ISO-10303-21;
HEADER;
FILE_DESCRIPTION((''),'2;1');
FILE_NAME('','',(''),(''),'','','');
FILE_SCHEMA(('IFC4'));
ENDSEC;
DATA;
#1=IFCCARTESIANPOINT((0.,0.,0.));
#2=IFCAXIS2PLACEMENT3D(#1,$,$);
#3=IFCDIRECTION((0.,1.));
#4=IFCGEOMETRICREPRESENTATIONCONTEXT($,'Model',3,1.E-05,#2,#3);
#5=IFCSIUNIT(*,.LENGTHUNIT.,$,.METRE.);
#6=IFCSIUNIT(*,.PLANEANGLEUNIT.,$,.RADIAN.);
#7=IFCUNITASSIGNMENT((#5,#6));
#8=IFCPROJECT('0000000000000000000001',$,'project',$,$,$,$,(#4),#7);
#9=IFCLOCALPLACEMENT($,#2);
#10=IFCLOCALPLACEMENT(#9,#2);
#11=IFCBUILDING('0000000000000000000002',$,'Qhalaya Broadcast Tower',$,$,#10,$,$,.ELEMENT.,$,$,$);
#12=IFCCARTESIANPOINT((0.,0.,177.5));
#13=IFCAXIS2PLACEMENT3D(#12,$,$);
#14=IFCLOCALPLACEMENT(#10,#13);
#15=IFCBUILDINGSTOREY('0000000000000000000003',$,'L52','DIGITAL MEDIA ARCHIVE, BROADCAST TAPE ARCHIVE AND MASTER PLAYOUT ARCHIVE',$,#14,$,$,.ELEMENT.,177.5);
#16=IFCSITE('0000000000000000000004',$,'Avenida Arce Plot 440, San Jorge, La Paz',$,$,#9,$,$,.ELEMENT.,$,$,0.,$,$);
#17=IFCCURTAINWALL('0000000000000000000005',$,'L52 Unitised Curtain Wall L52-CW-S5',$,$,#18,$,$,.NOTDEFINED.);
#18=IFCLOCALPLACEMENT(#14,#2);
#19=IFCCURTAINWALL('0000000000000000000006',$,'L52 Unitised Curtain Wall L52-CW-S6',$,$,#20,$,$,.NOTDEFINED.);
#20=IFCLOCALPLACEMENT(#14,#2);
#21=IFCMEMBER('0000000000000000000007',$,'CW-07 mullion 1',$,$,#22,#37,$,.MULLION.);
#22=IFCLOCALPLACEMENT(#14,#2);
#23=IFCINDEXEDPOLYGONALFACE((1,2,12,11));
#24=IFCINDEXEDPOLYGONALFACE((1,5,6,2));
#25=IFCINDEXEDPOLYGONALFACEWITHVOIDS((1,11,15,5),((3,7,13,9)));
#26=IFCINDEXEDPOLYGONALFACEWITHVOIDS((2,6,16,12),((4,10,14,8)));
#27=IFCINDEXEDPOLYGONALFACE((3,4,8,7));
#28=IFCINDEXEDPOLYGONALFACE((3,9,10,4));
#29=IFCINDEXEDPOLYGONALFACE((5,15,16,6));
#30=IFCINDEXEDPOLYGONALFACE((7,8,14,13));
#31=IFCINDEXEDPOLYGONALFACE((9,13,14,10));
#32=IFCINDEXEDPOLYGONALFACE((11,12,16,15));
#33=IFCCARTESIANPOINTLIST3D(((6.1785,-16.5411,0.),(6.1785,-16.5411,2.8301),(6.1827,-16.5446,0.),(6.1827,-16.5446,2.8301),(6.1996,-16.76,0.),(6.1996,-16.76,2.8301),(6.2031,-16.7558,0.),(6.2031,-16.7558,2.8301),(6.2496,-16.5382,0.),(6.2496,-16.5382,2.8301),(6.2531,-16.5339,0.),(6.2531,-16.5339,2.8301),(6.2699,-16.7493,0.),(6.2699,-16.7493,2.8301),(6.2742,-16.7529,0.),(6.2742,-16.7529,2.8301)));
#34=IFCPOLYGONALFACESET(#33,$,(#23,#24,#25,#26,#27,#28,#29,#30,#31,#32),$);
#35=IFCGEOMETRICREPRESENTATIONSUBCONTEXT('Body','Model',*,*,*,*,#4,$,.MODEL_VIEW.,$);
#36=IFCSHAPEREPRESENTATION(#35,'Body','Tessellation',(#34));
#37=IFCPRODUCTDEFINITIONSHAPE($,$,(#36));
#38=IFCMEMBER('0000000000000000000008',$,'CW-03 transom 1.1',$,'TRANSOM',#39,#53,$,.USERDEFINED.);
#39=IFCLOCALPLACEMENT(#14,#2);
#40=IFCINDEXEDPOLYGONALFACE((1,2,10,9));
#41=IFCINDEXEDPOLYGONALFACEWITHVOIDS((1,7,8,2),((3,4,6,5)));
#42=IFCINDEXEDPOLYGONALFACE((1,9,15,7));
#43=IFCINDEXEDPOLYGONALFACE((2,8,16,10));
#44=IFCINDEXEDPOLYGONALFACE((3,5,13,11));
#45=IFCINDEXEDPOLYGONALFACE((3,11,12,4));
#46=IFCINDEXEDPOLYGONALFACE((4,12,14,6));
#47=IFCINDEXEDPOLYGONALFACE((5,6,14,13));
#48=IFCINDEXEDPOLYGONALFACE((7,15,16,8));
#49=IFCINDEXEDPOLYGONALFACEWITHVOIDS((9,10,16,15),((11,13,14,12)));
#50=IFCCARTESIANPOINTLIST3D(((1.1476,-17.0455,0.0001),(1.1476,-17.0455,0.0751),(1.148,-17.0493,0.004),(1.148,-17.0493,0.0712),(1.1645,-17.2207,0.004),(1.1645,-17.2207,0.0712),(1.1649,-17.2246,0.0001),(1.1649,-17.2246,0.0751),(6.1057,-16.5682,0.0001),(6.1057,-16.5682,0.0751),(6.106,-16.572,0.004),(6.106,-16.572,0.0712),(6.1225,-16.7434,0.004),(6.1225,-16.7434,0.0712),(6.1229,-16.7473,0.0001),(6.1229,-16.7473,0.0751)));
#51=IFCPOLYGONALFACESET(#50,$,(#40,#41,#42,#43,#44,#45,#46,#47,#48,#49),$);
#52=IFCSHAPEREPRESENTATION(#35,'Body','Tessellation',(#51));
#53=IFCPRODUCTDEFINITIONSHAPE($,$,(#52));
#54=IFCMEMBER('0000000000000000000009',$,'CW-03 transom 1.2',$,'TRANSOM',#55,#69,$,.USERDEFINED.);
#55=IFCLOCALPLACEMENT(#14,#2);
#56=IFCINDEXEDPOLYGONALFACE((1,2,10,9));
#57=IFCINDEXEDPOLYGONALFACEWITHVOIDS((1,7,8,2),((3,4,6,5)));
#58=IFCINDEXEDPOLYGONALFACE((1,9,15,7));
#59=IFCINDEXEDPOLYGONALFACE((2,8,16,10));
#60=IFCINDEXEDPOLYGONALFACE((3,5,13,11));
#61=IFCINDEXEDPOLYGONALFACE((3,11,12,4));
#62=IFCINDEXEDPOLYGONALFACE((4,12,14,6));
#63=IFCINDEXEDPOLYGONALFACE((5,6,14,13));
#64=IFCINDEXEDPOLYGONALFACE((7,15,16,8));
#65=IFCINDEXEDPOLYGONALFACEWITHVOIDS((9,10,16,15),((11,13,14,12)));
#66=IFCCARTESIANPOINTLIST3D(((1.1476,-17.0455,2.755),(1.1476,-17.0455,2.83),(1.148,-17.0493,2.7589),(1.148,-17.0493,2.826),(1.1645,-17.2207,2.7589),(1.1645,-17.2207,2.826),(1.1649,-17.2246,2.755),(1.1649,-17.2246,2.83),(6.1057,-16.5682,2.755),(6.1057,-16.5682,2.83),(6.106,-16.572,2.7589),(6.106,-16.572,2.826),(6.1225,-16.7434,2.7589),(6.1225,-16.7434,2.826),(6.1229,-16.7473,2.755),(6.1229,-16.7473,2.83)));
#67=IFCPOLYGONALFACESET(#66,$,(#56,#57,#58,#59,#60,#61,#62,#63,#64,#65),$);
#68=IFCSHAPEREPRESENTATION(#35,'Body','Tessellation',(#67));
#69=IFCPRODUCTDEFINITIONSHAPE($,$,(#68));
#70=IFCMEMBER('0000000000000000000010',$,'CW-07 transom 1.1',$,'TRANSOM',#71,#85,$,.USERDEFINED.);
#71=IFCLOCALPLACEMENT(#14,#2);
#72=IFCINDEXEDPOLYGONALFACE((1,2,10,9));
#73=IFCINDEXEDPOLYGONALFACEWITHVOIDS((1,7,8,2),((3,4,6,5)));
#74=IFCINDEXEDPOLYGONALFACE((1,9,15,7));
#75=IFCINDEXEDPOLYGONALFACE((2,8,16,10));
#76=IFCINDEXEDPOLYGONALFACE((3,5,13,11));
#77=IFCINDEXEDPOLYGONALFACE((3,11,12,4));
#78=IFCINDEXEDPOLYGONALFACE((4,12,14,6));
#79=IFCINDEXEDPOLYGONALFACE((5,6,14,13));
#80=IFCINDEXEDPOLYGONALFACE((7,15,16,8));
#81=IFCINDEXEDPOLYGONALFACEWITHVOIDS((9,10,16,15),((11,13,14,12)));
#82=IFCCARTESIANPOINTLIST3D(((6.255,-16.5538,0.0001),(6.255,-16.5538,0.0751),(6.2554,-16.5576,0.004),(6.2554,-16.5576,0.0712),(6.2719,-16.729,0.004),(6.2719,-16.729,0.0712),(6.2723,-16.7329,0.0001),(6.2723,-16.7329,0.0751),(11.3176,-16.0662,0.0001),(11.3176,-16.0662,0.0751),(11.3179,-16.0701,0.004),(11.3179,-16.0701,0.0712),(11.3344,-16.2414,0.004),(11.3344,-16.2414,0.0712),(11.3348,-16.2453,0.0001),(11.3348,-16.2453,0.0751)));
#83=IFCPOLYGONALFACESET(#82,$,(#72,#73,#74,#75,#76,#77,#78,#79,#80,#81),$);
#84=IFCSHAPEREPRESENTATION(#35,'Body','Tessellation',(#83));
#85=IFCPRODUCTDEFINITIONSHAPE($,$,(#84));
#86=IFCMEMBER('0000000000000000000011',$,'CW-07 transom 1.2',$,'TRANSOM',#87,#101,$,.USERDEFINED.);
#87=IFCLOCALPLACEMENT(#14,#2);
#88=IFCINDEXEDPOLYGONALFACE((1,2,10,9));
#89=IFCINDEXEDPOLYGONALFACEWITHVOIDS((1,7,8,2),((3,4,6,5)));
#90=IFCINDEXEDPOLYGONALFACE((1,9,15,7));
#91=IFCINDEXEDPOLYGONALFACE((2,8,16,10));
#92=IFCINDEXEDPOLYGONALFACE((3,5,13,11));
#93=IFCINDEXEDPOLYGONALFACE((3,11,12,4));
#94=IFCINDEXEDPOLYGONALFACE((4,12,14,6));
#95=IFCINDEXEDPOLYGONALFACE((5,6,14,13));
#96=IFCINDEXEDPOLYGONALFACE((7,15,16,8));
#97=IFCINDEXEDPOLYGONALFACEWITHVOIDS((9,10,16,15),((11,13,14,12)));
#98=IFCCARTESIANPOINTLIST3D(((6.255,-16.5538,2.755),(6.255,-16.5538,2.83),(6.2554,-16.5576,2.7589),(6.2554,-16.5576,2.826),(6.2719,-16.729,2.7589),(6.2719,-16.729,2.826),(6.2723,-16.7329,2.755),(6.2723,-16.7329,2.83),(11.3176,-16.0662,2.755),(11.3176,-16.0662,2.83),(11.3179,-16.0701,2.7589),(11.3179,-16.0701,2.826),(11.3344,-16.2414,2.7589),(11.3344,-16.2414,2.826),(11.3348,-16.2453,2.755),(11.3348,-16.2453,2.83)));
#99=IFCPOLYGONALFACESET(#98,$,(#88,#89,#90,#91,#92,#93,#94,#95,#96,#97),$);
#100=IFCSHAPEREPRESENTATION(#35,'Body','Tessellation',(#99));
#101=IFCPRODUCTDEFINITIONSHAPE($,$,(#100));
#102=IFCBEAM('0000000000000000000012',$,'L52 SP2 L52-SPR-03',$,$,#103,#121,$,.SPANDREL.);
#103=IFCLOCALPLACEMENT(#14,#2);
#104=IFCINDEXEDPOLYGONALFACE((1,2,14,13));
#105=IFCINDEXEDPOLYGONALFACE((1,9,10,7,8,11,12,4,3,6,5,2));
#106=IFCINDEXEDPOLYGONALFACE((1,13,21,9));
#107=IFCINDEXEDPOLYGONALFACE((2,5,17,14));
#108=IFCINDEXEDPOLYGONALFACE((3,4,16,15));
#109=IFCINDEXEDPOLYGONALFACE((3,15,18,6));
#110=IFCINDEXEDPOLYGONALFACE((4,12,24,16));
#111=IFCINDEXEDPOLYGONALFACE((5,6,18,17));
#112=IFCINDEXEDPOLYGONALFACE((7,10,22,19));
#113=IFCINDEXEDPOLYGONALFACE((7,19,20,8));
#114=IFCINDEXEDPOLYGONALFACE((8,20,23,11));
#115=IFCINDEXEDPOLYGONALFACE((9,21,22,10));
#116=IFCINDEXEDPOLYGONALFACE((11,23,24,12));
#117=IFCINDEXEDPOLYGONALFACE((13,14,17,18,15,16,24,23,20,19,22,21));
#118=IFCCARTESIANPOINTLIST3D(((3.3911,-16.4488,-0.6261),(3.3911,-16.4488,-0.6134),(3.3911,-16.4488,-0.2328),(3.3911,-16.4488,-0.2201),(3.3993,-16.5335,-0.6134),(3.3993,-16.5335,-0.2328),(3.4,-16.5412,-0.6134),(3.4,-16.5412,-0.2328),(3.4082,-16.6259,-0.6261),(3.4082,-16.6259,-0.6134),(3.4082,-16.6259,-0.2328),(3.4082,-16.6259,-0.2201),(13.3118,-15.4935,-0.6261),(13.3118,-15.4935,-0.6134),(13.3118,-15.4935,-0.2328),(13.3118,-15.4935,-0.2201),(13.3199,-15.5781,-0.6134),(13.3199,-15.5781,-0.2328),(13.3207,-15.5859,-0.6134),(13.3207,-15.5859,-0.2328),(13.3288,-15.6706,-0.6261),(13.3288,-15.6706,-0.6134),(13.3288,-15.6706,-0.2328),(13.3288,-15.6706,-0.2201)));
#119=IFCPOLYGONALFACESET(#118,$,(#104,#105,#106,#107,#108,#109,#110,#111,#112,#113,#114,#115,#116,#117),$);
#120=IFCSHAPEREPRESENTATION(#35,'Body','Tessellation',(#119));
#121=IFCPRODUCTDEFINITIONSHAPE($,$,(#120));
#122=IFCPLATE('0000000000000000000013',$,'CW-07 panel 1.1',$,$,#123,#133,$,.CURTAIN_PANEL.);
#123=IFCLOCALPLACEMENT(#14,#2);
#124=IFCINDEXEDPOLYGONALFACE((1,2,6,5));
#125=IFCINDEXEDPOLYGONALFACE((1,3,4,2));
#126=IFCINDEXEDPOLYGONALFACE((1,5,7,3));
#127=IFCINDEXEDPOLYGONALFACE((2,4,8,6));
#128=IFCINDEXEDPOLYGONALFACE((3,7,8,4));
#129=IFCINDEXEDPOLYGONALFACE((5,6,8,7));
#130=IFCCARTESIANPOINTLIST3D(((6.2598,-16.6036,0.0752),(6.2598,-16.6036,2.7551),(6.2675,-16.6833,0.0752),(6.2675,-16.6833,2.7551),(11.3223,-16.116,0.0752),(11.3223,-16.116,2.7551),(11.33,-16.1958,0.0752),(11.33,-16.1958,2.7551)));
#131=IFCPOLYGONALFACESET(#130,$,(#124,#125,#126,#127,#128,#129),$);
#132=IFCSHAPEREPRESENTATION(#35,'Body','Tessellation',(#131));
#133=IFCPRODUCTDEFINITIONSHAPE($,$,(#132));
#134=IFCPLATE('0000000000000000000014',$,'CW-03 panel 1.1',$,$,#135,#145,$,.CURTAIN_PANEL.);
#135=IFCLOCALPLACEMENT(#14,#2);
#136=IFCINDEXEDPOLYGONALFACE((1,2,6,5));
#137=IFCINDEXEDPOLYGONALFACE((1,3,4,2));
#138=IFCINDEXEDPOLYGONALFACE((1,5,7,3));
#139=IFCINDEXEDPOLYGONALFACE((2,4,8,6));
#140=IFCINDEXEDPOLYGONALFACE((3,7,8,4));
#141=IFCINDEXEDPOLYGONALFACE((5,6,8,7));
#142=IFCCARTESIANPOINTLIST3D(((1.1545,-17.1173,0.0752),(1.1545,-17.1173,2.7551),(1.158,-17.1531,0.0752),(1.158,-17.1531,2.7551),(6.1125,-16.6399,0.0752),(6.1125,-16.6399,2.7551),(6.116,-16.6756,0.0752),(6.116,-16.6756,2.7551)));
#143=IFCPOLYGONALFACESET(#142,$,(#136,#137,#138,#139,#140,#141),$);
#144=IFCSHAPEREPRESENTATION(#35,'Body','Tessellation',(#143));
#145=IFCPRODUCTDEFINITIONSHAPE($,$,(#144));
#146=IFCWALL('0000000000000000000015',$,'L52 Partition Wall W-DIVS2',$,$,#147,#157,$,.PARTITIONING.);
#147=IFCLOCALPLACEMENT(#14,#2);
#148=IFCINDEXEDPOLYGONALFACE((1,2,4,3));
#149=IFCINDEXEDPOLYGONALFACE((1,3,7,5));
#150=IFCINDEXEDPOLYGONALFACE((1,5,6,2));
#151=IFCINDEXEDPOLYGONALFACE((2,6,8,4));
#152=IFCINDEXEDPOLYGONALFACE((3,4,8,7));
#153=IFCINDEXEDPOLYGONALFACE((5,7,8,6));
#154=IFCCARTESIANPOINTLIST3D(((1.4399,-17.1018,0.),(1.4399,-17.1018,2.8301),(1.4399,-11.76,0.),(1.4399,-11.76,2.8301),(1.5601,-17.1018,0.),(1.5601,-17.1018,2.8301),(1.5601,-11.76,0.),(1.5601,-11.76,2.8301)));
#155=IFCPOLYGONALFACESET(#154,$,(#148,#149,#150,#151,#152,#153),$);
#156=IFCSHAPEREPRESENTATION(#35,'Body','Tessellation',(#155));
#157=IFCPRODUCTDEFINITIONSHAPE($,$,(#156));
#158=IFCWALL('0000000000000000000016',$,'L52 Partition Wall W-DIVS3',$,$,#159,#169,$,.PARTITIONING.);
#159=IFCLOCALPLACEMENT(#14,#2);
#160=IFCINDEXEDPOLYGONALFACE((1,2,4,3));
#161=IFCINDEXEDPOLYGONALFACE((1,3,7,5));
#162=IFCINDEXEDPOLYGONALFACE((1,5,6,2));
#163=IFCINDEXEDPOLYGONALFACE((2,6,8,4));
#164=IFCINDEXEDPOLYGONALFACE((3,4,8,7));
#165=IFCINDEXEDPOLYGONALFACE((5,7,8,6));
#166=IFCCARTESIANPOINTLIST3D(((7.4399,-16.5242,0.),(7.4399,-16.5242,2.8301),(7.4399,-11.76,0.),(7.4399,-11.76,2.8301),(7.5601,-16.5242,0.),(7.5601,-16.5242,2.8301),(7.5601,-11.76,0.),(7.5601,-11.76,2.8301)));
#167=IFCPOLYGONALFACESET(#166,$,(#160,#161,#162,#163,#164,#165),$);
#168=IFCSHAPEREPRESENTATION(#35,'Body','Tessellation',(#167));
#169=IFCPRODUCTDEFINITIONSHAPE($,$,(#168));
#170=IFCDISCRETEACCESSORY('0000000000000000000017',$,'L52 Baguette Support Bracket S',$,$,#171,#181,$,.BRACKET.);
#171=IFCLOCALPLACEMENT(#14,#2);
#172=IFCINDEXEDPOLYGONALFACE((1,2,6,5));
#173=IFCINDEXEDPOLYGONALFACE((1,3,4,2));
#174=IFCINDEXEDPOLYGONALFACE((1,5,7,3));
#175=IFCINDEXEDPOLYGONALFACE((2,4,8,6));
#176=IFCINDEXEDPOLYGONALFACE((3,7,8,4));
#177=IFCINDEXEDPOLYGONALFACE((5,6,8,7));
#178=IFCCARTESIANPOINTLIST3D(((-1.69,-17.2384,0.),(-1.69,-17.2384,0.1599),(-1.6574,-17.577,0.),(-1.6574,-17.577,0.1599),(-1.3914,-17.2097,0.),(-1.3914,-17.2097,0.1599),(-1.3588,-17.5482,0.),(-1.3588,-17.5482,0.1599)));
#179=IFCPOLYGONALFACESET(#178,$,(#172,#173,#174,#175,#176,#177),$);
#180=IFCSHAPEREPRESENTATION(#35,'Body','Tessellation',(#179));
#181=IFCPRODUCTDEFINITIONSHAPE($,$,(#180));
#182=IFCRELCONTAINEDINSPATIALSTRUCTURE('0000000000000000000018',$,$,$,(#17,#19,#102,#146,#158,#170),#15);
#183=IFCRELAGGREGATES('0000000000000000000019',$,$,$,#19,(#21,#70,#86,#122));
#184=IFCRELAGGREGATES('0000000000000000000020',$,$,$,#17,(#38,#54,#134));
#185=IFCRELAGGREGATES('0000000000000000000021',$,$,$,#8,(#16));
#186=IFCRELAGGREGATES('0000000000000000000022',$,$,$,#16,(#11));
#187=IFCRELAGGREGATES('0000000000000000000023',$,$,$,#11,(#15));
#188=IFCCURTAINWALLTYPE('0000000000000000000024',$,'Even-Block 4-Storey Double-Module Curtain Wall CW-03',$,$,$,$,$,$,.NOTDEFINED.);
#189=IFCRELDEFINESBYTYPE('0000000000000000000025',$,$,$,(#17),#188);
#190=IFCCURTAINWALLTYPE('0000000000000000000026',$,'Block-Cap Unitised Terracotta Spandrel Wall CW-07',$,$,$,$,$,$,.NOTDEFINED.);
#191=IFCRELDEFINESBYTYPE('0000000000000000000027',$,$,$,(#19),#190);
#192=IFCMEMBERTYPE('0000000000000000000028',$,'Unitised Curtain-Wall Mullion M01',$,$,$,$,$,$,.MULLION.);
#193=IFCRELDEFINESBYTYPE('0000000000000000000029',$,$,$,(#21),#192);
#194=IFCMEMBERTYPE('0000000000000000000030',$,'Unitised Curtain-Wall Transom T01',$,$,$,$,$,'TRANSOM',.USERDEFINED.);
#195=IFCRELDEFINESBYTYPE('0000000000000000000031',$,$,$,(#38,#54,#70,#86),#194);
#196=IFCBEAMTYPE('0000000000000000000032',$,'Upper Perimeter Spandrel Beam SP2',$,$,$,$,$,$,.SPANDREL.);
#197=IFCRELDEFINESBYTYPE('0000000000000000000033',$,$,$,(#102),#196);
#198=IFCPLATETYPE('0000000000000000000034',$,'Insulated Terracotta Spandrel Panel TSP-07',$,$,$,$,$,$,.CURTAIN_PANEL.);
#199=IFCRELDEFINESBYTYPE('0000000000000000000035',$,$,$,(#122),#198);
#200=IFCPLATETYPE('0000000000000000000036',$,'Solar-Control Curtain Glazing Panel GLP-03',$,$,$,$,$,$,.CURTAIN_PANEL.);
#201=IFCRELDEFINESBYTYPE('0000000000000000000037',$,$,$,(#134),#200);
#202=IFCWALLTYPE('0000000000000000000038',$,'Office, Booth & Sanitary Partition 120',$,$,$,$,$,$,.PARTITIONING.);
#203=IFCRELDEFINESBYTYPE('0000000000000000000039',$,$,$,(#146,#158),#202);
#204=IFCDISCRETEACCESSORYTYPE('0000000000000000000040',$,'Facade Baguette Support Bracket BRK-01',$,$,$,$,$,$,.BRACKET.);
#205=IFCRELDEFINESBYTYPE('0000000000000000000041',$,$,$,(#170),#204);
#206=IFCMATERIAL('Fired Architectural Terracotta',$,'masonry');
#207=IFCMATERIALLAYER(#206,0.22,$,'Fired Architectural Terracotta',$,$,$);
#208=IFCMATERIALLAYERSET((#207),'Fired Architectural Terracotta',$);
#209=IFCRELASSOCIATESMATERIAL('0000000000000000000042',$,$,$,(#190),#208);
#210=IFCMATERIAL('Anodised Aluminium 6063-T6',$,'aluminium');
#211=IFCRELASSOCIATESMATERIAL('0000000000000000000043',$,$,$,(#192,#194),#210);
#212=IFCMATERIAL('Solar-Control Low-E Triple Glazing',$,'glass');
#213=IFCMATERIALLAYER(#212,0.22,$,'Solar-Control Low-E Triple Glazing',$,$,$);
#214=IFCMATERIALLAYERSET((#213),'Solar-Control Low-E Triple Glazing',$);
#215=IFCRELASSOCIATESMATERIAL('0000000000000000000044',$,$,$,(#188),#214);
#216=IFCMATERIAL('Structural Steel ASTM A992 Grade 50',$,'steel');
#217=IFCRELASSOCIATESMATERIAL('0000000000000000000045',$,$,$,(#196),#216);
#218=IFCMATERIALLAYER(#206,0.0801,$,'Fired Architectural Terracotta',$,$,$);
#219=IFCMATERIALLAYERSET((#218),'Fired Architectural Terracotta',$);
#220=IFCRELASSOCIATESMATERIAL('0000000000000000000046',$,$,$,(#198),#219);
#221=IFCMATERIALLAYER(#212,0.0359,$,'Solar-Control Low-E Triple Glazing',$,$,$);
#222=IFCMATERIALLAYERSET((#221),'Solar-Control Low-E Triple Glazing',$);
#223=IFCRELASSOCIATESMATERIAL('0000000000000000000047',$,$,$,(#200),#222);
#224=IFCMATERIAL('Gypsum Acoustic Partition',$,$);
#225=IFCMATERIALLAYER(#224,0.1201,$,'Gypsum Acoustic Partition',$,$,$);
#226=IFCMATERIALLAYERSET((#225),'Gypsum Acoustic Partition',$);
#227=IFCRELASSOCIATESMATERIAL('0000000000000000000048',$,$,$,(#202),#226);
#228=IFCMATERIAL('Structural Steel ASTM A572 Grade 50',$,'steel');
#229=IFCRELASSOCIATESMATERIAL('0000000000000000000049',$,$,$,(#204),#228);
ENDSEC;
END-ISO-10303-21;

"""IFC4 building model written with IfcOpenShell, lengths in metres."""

from ifc_helpers import new_model, si_unit, direction, frame, frame_2d, origin, origin_2d, place, context, subcontext, project, spatial, rectangle, hollow_rectangle, i_section, extrude, material, layer, layer_set, material_profile, profile_set, type_object, element, aggregate, save


model = new_model("IFC4")

# Units and contexts
model_context = context("Model", 3, precision=1e-05, world=origin(), true_north=direction((0.0, 1.0)))
body_context = subcontext(model_context, "Body", "Model", "MODEL_VIEW")
ifc_project = project(units=[si_unit("LENGTHUNIT", "METRE"), si_unit("PLANEANGLEUNIT", "RADIAN")], contexts=[model_context])

# Site, building, storey
site_placement = place(None, origin())
site = spatial("IfcSite", under=ifc_project, at=site_placement, Name="Avenida Arce Plot 440, San Jorge, La Paz", CompositionType="ELEMENT", RefElevation=0.0)
building_placement = place(site_placement, origin())
building = spatial("IfcBuilding", under=site, at=building_placement, Name="Qhalaya Broadcast Tower", CompositionType="ELEMENT")
storey_placement = place(building_placement, frame((0.0, 0.0, 177.5)))
storey = spatial("IfcBuildingStorey", under=building, at=storey_placement, Name="L52", Description="DIGITAL MEDIA ARCHIVE, BROADCAST TAPE ARCHIVE AND MASTER PLAYOUT ARCHIVE", CompositionType="ELEMENT", Elevation=177.5)

# Shared definitions
ifc_material_1 = material(Name="Structural Steel ASTM A572 Grade 50", Category="steel")

# Shared definitions
ifc_material_2 = material(Name="Structural Steel ASTM A992 Grade 50", Category="steel")

# Shared definitions
ifc_material_3 = material(Name="Fired Architectural Terracotta", Category="masonry")
ifc_layer_1 = layer(ifc_material_3, 0.22, Name="Fired Architectural Terracotta")
ifc_layer_set_1 = layer_set([ifc_layer_1], Name="Fired Architectural Terracotta")
curtain_wall_type_1 = type_object("IfcCurtainWallType", Name="Block-Cap Unitised Terracotta Spandrel Wall CW-07", PredefinedType="NOTDEFINED", material=ifc_layer_set_1)
ifc_material_4 = material(Name="Anodised Aluminium 6063-T6", Category="aluminium")
ifc_material_profile_1 = material_profile(ifc_material_4, hollow_rectangle(XDim=0.075, YDim=0.22, WallThickness=0.0039, at=origin_2d()), Name="ALU-MUL 75x220x4")
ifc_profile_set_1 = profile_set([ifc_material_profile_1], Name="Anodised Aluminium 6063-T6")
member_type_1 = type_object("IfcMemberType", Name="Unitised Curtain-Wall Mullion M01", PredefinedType="MULLION", material=ifc_profile_set_1)

# Curtain wall
ifc_material_5 = material(Name="Solar-Control Low-E Triple Glazing", Category="glass")
ifc_layer_2 = layer(ifc_material_5, 0.22, Name="Solar-Control Low-E Triple Glazing")
ifc_layer_set_2 = layer_set([ifc_layer_2], Name="Solar-Control Low-E Triple Glazing")
curtain_wall_type_2 = type_object("IfcCurtainWallType", Name="Even-Block 4-Storey Double-Module Curtain Wall CW-03", PredefinedType="NOTDEFINED", material=ifc_layer_set_2)
curtain_wall_1_placement = place(storey_placement, origin())
curtain_wall_1 = element("IfcCurtainWall", 1, at=curtain_wall_1_placement, inside=storey, type_object=curtain_wall_type_2, Name="L52 Unitised Curtain Wall L52-CW-S5", PredefinedType="NOTDEFINED")

# Curtain wall, member
curtain_wall_2_placement = place(storey_placement, origin())
curtain_wall_2 = element("IfcCurtainWall", 2, at=curtain_wall_2_placement, inside=storey, type_object=curtain_wall_type_1, Name="L52 Unitised Curtain Wall L52-CW-S6", PredefinedType="NOTDEFINED")
member_1_placement = place(storey_placement, frame((6.2263, -16.647, 0.0), z_axis=(0.0, 0.0, 1.0), x_axis=(0.995395, 0.095855, 0.0)))
member_1 = element("IfcMember", 3, at=member_1_placement, type_object=member_type_1, Name="CW-07 mullion 1", PredefinedType="MULLION", context=body_context, shape_type="SweptSolid", body=[
    extrude(hollow_rectangle(XDim=0.075, YDim=0.22, WallThickness=0.0039, at=origin_2d()), origin(), (0.0, 0.0, 1.0), 2.8301),
])

# Members
ifc_material_profile_2 = material_profile(ifc_material_4, hollow_rectangle(XDim=0.075, YDim=0.1799, WallThickness=0.0039, at=origin_2d()), Name="ALU-TRN 75x180x4")
ifc_profile_set_2 = profile_set([ifc_material_profile_2], Name="Anodised Aluminium 6063-T6")
member_type_2 = type_object("IfcMemberType", Name="Unitised Curtain-Wall Transom T01", ElementType="TRANSOM", PredefinedType="USERDEFINED", material=ifc_profile_set_2)
member_2_placement = place(storey_placement, frame((1.1562, -17.135, 0.0376), z_axis=(0.995398, 0.095824, 0.0), x_axis=(0.0, 0.0, 1.0)))
member_2 = element("IfcMember", 4, at=member_2_placement, type_object=member_type_2, Name="CW-03 transom 1.1", ObjectType="TRANSOM", PredefinedType="USERDEFINED", context=body_context, shape_type="SweptSolid", body=[
    extrude(hollow_rectangle(XDim=0.075, YDim=0.1799, WallThickness=0.0039, at=origin_2d()), origin(), (0.0, 0.0, 1.0), 4.981),
])
member_3_placement = place(storey_placement, frame((1.1562, -17.135, 2.7925), z_axis=(0.995398, 0.095824, 0.0), x_axis=(0.0, 0.0, 1.0)))
member_3 = element("IfcMember", 5, at=member_3_placement, type_object=member_type_2, Name="CW-03 transom 1.2", ObjectType="TRANSOM", PredefinedType="USERDEFINED", context=body_context, shape_type="SweptSolid", body=[
    extrude(hollow_rectangle(XDim=0.075, YDim=0.1799, WallThickness=0.0039, at=origin_2d()), origin(), (0.0, 0.0, 1.0), 4.981),
])
member_4_placement = place(storey_placement, frame((6.2637, -16.6433, 0.0376), z_axis=(0.995395, 0.095862, 0.0), x_axis=(0.0, 0.0, 1.0)))
member_4 = element("IfcMember", 6, at=member_4_placement, type_object=member_type_2, Name="CW-07 transom 1.1", ObjectType="TRANSOM", PredefinedType="USERDEFINED", context=body_context, shape_type="SweptSolid", body=[
    extrude(hollow_rectangle(XDim=0.075, YDim=0.1799, WallThickness=0.0039, at=origin_2d()), origin(), (0.0, 0.0, 1.0), 5.0859),
])
member_5_placement = place(storey_placement, frame((6.2637, -16.6433, 2.7925), z_axis=(0.995395, 0.095862, 0.0), x_axis=(0.0, 0.0, 1.0)))
member_5 = element("IfcMember", 7, at=member_5_placement, type_object=member_type_2, Name="CW-07 transom 1.2", ObjectType="TRANSOM", PredefinedType="USERDEFINED", context=body_context, shape_type="SweptSolid", body=[
    extrude(hollow_rectangle(XDim=0.075, YDim=0.1799, WallThickness=0.0039, at=origin_2d()), origin(), (0.0, 0.0, 1.0), 5.0859),
])

# Beam
ifc_material_profile_3 = material_profile(ifc_material_2, i_section(OverallWidth=0.178, OverallDepth=0.406, WebThickness=0.0078, FlangeThickness=0.0127, at=origin_2d()), Name="W16X40")
ifc_profile_set_3 = profile_set([ifc_material_profile_3], Name="Structural Steel ASTM A992 Grade 50")
beam_type_1 = type_object("IfcBeamType", Name="Upper Perimeter Spandrel Beam SP2", PredefinedType="SPANDREL", material=ifc_profile_set_3)
beam_1_placement = place(storey_placement, frame((3.3997, -16.5374, -0.4231), z_axis=(0.995396, 0.095853, 0.0), x_axis=(-0.095853, 0.995396, 0.0)))
element("IfcBeam", 8, at=beam_1_placement, inside=storey, type_object=beam_type_1, Name="L52 SP2 L52-SPR-03", PredefinedType="SPANDREL", context=body_context, shape_type="SweptSolid", body=[
    extrude(i_section(OverallWidth=0.178, OverallDepth=0.406, WebThickness=0.0078, FlangeThickness=0.0127, at=origin_2d()), origin(), (0.0, 0.0, 1.0), 9.9666),
])

# Plates
ifc_layer_3 = layer(ifc_material_3, 0.0801, Name="Fired Architectural Terracotta")
ifc_layer_set_3 = layer_set([ifc_layer_3], Name="Fired Architectural Terracotta")
plate_type_1 = type_object("IfcPlateType", Name="Insulated Terracotta Spandrel Panel TSP-07", PredefinedType="CURTAIN_PANEL", material=ifc_layer_set_3)
plate_1_placement = place(storey_placement, frame((8.7949, -16.3997, 0.0752), z_axis=(0.0, 0.0, 1.0), x_axis=(0.995395, 0.095855, 0.0)))
plate_1 = element("IfcPlate", 9, at=plate_1_placement, type_object=plate_type_1, Name="CW-07 panel 1.1", PredefinedType="CURTAIN_PANEL", context=body_context, shape_type="SweptSolid", body=[
    extrude(rectangle(XDim=5.0859, YDim=0.0801, at=origin_2d()), origin(), (0.0, 0.0, 1.0), 2.6799),
])
aggregate(curtain_wall_2, [member_1, member_4, member_5, plate_1])
ifc_layer_4 = layer(ifc_material_5, 0.0359, Name="Solar-Control Low-E Triple Glazing")
ifc_layer_set_4 = layer_set([ifc_layer_4], Name="Solar-Control Low-E Triple Glazing")
plate_type_2 = type_object("IfcPlateType", Name="Solar-Control Curtain Glazing Panel GLP-03", PredefinedType="CURTAIN_PANEL", material=ifc_layer_set_4)
plate_2_placement = place(storey_placement, frame((3.6353, -16.8965, 0.0752), z_axis=(0.0, 0.0, 1.0), x_axis=(0.995396, 0.095848, 0.0)))
plate_2 = element("IfcPlate", 10, at=plate_2_placement, type_object=plate_type_2, Name="CW-03 panel 1.1", PredefinedType="CURTAIN_PANEL", context=body_context, shape_type="SweptSolid", body=[
    extrude(rectangle(XDim=4.981, YDim=0.0359, at=origin_2d()), origin(), (0.0, 0.0, 1.0), 2.6799),
])
aggregate(curtain_wall_1, [member_2, member_3, plate_2])

# Walls
ifc_material_6 = material(Name="Gypsum Acoustic Partition")
ifc_layer_5 = layer(ifc_material_6, 0.1201, Name="Gypsum Acoustic Partition")
ifc_layer_set_5 = layer_set([ifc_layer_5], Name="Gypsum Acoustic Partition")
wall_type = type_object("IfcWallType", Name="Office, Booth & Sanitary Partition 120", PredefinedType="PARTITIONING", material=ifc_layer_set_5)
wall_1_placement = place(storey_placement, frame((1.5, -17.1018, 0.0), z_axis=(0.0, 0.0, 1.0), x_axis=(0.0, 1.0, 0.0)))
element("IfcWall", 11, at=wall_1_placement, inside=storey, type_object=wall_type, Name="L52 Partition Wall W-DIVS2", PredefinedType="PARTITIONING", context=body_context, shape_type="SweptSolid", body=[
    extrude(rectangle(XDim=5.3418, YDim=0.1201, at=frame_2d((2.6709, 0.0))), origin(), (0.0, 0.0, 1.0), 2.8301),
])
wall_2_placement = place(storey_placement, frame((7.5, -16.5242, 0.0), z_axis=(0.0, 0.0, 1.0), x_axis=(0.0, 1.0, 0.0)))
element("IfcWall", 12, at=wall_2_placement, inside=storey, type_object=wall_type, Name="L52 Partition Wall W-DIVS3", PredefinedType="PARTITIONING", context=body_context, shape_type="SweptSolid", body=[
    extrude(rectangle(XDim=4.7642, YDim=0.1201, at=frame_2d((2.3821, 0.0))), origin(), (0.0, 0.0, 1.0), 2.8301),
])

# Discrete accessory
discrete_accessory_type = type_object("IfcDiscreteAccessoryType", Name="Facade Baguette Support Bracket BRK-01", PredefinedType="BRACKET", material=ifc_material_1)
discrete_accessory_placement = place(storey_placement, frame((-1.5244, -17.3933, 0.0), z_axis=(0.0, 0.0, 1.0), x_axis=(0.995396, 0.095846, 0.0)))
element("IfcDiscreteAccessory", 13, at=discrete_accessory_placement, inside=storey, type_object=discrete_accessory_type, Name="L52 Baguette Support Bracket S", PredefinedType="BRACKET", context=body_context, shape_type="SweptSolid", body=[
    extrude(rectangle(XDim=0.3, YDim=0.3401, at=origin_2d()), origin(), (0.0, 0.0, 1.0), 0.1599),
])

save(model, "model.ifc")
